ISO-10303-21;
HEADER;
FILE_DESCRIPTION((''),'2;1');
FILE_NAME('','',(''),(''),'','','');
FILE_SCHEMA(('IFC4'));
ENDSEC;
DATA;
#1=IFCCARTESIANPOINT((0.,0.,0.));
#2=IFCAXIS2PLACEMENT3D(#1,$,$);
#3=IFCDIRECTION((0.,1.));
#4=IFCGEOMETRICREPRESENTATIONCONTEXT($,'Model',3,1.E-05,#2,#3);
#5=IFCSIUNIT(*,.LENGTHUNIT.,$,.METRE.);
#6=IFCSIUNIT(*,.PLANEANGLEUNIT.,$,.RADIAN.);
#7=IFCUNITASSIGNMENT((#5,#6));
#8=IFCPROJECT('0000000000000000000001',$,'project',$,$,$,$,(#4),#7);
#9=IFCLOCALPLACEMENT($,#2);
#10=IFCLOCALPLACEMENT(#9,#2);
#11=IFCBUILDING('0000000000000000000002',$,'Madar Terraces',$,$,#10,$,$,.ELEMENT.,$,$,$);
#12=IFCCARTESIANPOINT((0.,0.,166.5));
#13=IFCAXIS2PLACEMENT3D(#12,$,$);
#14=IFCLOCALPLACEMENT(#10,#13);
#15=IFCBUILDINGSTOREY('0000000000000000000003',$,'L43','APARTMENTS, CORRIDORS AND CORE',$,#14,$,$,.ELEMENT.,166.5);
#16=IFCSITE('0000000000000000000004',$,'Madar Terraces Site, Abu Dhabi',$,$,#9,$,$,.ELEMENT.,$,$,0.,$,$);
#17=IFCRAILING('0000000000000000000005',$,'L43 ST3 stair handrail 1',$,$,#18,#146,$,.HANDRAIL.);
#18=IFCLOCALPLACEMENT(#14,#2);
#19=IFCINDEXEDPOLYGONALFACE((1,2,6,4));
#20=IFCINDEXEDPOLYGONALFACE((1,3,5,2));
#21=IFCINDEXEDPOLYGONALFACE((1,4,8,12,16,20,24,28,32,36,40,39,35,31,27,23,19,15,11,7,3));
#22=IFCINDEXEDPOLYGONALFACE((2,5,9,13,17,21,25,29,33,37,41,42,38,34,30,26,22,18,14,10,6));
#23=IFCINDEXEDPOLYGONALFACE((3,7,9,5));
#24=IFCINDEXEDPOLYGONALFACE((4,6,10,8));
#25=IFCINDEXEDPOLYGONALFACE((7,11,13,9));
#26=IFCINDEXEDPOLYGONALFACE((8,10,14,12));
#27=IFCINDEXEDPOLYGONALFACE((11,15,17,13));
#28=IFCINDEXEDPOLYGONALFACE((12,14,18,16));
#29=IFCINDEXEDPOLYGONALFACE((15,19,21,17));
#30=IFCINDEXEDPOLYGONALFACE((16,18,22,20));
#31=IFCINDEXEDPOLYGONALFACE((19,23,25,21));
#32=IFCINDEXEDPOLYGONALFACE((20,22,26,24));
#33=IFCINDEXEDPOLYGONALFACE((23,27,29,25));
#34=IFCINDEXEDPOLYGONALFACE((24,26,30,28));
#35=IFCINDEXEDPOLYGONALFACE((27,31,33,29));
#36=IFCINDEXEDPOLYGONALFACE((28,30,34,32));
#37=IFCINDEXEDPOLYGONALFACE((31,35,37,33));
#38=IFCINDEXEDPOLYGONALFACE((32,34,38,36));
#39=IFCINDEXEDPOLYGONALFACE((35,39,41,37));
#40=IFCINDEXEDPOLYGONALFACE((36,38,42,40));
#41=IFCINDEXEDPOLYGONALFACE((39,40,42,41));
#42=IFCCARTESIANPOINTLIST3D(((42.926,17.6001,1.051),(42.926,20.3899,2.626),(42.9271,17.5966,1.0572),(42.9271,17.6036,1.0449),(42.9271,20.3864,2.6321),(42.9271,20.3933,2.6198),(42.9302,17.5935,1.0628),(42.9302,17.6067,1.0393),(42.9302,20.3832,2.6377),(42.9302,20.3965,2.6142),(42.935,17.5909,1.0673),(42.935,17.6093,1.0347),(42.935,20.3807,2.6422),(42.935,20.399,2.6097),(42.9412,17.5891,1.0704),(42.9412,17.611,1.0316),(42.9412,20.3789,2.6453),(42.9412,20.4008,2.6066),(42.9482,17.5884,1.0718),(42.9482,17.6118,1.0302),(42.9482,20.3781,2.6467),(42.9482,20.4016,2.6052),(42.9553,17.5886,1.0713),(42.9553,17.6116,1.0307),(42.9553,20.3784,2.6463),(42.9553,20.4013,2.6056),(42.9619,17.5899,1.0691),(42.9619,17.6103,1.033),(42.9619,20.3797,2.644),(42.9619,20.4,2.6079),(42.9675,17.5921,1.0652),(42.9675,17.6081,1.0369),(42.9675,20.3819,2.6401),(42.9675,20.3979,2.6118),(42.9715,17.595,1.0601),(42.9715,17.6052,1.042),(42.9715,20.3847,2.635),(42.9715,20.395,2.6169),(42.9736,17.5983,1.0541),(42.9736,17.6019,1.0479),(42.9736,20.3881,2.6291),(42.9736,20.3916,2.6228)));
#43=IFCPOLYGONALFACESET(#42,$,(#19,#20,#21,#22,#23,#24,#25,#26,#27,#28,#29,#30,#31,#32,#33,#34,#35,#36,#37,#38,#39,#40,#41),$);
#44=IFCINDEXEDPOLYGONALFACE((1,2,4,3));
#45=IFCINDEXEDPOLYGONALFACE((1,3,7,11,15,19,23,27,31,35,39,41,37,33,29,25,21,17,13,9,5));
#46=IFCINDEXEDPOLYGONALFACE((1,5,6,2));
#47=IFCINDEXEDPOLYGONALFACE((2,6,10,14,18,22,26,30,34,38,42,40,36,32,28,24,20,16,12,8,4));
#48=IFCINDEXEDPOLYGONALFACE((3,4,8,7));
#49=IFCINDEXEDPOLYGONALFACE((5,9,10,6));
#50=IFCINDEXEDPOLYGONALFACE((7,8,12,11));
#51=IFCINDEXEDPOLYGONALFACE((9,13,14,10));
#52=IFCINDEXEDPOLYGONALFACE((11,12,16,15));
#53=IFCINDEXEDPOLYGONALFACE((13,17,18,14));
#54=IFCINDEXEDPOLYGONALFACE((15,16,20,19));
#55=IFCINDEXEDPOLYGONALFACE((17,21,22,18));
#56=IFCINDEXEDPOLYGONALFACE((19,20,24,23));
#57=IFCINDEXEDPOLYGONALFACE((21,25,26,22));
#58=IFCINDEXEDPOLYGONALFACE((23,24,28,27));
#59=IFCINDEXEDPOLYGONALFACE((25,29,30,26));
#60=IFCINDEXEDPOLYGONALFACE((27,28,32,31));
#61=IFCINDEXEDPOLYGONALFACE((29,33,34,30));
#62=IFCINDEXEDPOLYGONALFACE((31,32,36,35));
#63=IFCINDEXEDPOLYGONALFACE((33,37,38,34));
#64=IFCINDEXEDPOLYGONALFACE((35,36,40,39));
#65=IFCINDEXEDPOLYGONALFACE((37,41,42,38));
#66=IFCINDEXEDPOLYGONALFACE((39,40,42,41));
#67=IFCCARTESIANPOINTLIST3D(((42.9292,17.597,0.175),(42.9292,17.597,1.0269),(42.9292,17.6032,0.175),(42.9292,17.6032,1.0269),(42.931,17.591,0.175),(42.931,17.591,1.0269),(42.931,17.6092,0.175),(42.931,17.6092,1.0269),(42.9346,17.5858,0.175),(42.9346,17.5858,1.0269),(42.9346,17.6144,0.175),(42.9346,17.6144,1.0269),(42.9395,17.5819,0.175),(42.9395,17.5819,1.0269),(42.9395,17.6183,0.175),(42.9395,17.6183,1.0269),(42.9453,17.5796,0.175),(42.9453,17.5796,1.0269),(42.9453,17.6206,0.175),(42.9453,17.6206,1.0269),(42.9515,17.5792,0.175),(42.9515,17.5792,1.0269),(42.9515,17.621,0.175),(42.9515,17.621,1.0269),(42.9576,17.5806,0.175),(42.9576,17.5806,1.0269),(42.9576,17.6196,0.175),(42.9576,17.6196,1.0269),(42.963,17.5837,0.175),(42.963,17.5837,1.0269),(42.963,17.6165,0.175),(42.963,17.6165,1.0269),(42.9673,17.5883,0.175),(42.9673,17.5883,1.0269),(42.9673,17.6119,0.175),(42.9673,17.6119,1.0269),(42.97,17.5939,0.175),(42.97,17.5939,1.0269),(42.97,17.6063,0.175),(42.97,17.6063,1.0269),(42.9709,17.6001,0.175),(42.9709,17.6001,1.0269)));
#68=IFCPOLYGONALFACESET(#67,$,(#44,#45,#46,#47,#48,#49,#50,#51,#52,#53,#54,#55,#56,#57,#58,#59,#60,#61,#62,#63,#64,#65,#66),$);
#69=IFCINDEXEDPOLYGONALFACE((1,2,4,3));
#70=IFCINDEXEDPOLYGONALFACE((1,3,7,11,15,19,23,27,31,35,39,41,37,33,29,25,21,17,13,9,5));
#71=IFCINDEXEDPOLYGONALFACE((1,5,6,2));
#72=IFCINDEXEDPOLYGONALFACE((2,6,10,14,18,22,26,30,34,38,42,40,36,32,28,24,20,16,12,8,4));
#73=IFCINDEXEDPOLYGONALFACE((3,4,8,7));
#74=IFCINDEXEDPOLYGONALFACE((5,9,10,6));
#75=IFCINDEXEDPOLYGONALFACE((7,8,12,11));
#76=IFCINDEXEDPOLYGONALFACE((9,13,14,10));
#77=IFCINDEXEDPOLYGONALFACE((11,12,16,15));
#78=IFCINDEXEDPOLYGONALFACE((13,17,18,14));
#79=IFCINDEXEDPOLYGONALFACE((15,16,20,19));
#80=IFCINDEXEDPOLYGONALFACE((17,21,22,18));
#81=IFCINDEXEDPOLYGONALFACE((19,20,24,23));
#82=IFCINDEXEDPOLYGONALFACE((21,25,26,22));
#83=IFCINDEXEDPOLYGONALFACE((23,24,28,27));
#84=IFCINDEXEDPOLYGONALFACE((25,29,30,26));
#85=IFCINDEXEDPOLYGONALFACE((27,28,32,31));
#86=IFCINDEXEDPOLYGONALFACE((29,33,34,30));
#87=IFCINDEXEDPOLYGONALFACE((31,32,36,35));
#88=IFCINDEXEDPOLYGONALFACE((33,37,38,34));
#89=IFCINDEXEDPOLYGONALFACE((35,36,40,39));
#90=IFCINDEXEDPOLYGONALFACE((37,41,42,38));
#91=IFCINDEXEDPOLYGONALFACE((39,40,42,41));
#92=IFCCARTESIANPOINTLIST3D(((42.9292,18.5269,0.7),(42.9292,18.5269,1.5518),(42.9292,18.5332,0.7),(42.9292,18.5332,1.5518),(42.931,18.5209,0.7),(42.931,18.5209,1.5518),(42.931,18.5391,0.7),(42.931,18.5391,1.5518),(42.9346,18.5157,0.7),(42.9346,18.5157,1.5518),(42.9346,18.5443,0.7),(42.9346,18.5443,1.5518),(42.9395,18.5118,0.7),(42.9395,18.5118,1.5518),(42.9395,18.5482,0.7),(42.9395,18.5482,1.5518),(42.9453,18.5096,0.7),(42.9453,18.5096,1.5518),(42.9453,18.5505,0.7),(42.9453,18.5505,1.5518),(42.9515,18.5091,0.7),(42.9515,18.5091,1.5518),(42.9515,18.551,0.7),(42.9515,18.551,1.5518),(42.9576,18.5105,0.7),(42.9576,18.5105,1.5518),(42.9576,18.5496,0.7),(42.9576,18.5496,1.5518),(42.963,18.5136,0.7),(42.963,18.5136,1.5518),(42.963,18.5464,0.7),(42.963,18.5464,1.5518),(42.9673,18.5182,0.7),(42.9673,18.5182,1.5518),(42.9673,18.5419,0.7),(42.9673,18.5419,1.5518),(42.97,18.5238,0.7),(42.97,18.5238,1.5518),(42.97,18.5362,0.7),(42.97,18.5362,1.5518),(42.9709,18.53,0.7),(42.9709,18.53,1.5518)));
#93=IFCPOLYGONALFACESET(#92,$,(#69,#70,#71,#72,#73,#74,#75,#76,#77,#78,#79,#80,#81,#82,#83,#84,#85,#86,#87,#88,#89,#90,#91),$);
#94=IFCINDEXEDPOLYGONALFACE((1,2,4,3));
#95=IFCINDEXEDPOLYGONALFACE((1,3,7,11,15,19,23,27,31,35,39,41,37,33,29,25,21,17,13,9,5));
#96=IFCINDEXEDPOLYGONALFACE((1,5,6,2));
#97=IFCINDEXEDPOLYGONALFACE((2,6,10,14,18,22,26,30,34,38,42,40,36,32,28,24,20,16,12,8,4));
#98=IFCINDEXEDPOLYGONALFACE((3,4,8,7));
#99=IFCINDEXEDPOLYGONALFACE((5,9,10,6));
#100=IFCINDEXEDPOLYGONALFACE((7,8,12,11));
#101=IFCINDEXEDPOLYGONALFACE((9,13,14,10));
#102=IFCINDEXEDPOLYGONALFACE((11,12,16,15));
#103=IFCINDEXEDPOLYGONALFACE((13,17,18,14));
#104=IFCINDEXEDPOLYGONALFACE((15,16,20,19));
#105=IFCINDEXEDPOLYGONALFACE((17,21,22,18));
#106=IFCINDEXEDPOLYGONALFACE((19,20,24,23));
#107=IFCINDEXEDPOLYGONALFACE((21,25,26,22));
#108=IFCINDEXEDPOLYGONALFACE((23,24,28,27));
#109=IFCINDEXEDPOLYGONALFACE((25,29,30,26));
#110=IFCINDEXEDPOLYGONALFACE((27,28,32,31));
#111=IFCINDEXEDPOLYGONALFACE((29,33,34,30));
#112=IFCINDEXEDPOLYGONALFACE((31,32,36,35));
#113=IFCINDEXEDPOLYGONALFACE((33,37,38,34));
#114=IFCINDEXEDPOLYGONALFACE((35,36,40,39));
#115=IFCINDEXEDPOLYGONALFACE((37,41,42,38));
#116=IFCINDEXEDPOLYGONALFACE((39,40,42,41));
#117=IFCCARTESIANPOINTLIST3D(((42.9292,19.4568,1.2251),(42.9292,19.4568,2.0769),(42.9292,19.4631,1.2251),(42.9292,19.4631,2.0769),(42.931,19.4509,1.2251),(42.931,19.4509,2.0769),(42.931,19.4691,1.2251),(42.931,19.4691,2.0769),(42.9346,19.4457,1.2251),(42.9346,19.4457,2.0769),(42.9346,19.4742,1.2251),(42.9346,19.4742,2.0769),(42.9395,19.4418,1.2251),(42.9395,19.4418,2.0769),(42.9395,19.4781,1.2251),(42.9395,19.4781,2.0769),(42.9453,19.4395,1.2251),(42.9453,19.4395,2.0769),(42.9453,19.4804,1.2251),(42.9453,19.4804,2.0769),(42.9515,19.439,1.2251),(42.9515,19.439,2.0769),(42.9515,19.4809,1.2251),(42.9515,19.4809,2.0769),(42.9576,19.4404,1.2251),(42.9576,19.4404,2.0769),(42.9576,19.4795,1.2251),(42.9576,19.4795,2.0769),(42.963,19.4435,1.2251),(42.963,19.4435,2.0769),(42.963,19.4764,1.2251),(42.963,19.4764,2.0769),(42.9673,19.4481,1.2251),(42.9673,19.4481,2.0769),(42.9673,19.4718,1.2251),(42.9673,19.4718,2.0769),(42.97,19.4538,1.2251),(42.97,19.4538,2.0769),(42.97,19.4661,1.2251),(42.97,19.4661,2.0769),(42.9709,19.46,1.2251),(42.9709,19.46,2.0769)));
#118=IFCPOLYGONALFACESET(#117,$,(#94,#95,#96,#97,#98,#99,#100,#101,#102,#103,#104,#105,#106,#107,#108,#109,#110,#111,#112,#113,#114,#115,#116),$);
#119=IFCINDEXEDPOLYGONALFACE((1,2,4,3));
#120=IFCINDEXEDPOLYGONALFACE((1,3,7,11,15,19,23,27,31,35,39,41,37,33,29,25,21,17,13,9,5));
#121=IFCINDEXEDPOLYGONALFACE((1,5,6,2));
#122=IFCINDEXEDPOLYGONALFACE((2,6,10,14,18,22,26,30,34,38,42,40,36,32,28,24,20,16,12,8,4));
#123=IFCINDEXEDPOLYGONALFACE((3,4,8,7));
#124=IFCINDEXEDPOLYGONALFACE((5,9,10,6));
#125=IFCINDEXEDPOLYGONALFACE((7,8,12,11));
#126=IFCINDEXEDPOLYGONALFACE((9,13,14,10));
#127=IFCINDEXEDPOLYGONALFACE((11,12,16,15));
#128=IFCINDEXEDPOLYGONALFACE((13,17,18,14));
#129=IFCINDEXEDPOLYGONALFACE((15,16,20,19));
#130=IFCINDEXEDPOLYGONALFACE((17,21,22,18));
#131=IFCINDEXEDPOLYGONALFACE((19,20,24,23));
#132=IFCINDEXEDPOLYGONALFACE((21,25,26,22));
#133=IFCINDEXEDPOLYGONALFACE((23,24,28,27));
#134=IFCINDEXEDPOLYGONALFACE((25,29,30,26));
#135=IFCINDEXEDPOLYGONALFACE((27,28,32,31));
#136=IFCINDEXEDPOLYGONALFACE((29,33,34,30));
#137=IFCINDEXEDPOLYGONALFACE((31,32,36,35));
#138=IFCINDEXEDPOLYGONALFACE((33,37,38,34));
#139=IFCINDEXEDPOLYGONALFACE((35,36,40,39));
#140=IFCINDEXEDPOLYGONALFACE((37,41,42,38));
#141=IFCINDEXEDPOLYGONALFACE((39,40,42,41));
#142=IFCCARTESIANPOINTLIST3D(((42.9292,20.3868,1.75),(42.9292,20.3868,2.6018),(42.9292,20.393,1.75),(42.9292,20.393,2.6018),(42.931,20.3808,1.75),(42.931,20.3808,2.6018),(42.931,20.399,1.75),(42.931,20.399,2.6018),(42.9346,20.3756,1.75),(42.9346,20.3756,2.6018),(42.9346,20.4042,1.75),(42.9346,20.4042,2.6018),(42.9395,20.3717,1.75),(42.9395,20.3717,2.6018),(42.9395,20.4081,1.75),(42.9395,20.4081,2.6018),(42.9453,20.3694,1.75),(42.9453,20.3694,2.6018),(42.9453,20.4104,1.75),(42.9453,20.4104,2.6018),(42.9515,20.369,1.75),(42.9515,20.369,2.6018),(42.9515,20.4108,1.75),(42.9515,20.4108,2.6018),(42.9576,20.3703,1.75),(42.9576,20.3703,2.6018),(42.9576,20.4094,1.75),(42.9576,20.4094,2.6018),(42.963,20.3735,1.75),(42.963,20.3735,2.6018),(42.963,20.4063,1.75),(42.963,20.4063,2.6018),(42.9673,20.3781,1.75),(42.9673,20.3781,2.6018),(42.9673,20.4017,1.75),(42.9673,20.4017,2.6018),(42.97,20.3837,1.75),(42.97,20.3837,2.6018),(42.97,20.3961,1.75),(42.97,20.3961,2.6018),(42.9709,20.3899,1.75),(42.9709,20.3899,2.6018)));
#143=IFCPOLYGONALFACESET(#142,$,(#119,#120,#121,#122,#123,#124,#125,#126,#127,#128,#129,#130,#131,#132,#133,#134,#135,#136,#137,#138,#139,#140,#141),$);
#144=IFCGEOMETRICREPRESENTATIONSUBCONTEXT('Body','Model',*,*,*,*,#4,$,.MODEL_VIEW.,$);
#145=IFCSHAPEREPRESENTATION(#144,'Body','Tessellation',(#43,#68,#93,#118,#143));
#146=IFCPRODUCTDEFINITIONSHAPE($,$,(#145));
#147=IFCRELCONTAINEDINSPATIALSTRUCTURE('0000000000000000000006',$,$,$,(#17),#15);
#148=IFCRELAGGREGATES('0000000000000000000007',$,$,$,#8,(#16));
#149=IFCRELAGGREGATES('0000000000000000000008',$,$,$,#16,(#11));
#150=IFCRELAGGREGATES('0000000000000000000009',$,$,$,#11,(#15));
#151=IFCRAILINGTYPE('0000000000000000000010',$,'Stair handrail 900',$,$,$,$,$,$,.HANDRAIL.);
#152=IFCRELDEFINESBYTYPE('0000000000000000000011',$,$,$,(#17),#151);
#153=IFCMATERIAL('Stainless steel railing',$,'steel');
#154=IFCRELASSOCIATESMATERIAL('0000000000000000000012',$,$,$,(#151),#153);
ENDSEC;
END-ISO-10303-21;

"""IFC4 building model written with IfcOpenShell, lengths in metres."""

from ifc_helpers import new_model, si_unit, direction, frame, origin, origin_2d, place, context, subcontext, project, spatial, circle, extrude, material, type_object, element, save


model = new_model("IFC4")

# Units and contexts
model_context = context("Model", 3, precision=1e-05, world=origin(), true_north=direction((0.0, 1.0)))
body_context = subcontext(model_context, "Body", "Model", "MODEL_VIEW")
ifc_project = project(units=[si_unit("LENGTHUNIT", "METRE"), si_unit("PLANEANGLEUNIT", "RADIAN")], contexts=[model_context])

# Site, building, storey
site_placement = place(None, origin())
site = spatial("IfcSite", under=ifc_project, at=site_placement, Name="Madar Terraces Site, Abu Dhabi", CompositionType="ELEMENT", RefElevation=0.0)
building_placement = place(site_placement, origin())
building = spatial("IfcBuilding", under=site, at=building_placement, Name="Madar Terraces", CompositionType="ELEMENT")
storey_placement = place(building_placement, frame((0.0, 0.0, 166.5)))
storey = spatial("IfcBuildingStorey", under=building, at=storey_placement, Name="L43", Description="APARTMENTS, CORRIDORS AND CORE", CompositionType="ELEMENT", Elevation=166.5)

# Railing
ifc_material_1 = material(Name="Stainless steel railing", Category="steel")
railing_type_1 = type_object("IfcRailingType", Name="Stair handrail 900", PredefinedType="HANDRAIL", material=ifc_material_1)
railing_1_placement = place(storey_placement, frame((42.95, 17.6001, 0.175)))
element("IfcRailing", 1, at=railing_1_placement, inside=storey, type_object=railing_type_1, Name="L43 ST3 stair handrail 1", PredefinedType="HANDRAIL", context=body_context, shape_type="SweptSolid", body=[
    extrude(circle(Radius=0.0239, at=origin_2d()), frame((0.0, 0.0, 0.876), z_axis=(0.0, 0.870815, 0.49161), x_axis=(-1.0, 0.0, 0.0)), (0.0, 0.0, 1.0), 3.2036),
    extrude(circle(Radius=0.021, at=origin_2d()), origin(), (0.0, 0.0, 1.0), 0.8518),
    extrude(circle(Radius=0.021, at=origin_2d()), frame((0.0, 0.9299, 0.5249)), (0.0, 0.0, 1.0), 0.8518),
    extrude(circle(Radius=0.021, at=origin_2d()), frame((0.0, 1.8599, 1.05)), (0.0, 0.0, 1.0), 0.8518),
    extrude(circle(Radius=0.021, at=origin_2d()), frame((0.0, 2.7898, 1.575)), (0.0, 0.0, 1.0), 0.8518),
])

save(model, "model.ifc")
